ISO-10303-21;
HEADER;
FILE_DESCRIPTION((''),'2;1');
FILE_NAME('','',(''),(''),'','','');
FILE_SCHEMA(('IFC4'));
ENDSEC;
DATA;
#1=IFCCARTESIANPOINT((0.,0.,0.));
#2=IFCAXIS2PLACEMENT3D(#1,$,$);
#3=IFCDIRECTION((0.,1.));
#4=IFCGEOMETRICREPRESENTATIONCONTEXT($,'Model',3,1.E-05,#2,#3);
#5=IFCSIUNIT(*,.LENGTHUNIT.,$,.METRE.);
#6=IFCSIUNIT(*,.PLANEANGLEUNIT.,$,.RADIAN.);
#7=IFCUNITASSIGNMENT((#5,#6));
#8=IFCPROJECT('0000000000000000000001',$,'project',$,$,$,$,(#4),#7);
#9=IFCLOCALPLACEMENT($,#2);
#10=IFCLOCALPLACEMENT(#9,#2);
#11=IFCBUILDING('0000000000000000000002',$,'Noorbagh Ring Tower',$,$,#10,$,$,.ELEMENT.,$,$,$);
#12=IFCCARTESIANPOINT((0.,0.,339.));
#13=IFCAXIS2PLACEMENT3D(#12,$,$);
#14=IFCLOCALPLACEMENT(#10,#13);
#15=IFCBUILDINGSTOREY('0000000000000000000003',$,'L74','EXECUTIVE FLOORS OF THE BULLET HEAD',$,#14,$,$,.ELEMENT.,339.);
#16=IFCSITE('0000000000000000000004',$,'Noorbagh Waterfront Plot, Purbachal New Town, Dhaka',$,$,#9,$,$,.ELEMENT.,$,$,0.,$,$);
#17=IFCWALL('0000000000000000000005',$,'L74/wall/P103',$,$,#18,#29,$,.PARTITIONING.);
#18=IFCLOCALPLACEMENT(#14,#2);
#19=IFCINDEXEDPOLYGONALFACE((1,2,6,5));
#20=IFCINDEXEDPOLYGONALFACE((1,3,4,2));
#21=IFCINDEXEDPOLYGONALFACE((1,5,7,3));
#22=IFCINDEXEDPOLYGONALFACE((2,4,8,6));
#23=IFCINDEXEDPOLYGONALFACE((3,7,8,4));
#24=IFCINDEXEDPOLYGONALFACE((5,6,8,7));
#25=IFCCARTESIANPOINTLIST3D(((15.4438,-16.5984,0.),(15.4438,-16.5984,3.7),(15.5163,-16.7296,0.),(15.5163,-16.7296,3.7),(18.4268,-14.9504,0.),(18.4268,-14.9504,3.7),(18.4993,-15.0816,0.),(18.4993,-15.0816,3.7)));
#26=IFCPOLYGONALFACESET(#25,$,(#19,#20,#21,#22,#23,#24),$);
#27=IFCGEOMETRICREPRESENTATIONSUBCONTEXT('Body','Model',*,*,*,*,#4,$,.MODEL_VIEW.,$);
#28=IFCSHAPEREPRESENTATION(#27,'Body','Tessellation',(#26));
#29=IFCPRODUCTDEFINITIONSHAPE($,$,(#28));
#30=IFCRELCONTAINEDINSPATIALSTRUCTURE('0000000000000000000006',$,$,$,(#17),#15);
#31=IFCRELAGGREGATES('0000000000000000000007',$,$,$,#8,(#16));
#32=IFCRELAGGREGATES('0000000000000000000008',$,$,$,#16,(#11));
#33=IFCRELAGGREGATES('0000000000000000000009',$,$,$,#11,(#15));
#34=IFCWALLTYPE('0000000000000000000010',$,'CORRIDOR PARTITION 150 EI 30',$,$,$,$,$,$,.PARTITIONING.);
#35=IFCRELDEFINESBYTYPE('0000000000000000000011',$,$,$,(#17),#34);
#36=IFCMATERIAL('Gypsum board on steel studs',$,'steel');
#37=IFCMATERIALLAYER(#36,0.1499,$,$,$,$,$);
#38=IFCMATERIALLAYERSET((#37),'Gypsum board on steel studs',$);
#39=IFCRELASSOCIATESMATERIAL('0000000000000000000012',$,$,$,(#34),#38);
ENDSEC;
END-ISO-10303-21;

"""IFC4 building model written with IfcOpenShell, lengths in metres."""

from ifc_helpers import new_model, si_unit, direction, frame, frame_2d, origin, place, context, subcontext, project, spatial, rectangle, extrude, material, layer, layer_set, type_object, element, save


model = new_model("IFC4")

# Units and contexts
model_context = context("Model", 3, precision=1e-05, world=origin(), true_north=direction((0.0, 1.0)))
body_context = subcontext(model_context, "Body", "Model", "MODEL_VIEW")
ifc_project = project(units=[si_unit("LENGTHUNIT", "METRE"), si_unit("PLANEANGLEUNIT", "RADIAN")], contexts=[model_context])

# Site, building, storey
site_placement = place(None, origin())
site = spatial("IfcSite", under=ifc_project, at=site_placement, Name="Noorbagh Waterfront Plot, Purbachal New Town, Dhaka", CompositionType="ELEMENT", RefElevation=0.0)
building_placement = place(site_placement, origin())
building = spatial("IfcBuilding", under=site, at=building_placement, Name="Noorbagh Ring Tower", CompositionType="ELEMENT")
storey_placement = place(building_placement, frame((0.0, 0.0, 339.0)))
storey = spatial("IfcBuildingStorey", under=building, at=storey_placement, Name="L74", Description="EXECUTIVE FLOORS OF THE BULLET HEAD", CompositionType="ELEMENT", Elevation=339.0)

# Shared definitions
ifc_material_1 = material(Name="Gypsum board on steel studs", Category="steel")
ifc_layer = layer(ifc_material_1, 0.1499)
ifc_layer_set = layer_set([ifc_layer], Name="Gypsum board on steel studs")
wall_type = type_object("IfcWallType", Name="CORRIDOR PARTITION 150 EI 30", PredefinedType="PARTITIONING", material=ifc_layer_set)

# Wall
wall_1_placement = place(storey_placement, frame((15.48, -16.6641, 0.0), z_axis=(0.0, 0.0, 1.0), x_axis=(0.875304, 0.483573, 0.0)))
element("IfcWall", 1, at=wall_1_placement, inside=storey, type_object=wall_type, Name="L74/wall/P103", PredefinedType="PARTITIONING", context=body_context, shape_type="SweptSolid", body=[
    extrude(rectangle(XDim=3.408, YDim=0.1499, at=frame_2d((1.7041, 0.0))), origin(), (0.0, 0.0, 1.0), 3.7),
])

save(model, "model.ifc")
